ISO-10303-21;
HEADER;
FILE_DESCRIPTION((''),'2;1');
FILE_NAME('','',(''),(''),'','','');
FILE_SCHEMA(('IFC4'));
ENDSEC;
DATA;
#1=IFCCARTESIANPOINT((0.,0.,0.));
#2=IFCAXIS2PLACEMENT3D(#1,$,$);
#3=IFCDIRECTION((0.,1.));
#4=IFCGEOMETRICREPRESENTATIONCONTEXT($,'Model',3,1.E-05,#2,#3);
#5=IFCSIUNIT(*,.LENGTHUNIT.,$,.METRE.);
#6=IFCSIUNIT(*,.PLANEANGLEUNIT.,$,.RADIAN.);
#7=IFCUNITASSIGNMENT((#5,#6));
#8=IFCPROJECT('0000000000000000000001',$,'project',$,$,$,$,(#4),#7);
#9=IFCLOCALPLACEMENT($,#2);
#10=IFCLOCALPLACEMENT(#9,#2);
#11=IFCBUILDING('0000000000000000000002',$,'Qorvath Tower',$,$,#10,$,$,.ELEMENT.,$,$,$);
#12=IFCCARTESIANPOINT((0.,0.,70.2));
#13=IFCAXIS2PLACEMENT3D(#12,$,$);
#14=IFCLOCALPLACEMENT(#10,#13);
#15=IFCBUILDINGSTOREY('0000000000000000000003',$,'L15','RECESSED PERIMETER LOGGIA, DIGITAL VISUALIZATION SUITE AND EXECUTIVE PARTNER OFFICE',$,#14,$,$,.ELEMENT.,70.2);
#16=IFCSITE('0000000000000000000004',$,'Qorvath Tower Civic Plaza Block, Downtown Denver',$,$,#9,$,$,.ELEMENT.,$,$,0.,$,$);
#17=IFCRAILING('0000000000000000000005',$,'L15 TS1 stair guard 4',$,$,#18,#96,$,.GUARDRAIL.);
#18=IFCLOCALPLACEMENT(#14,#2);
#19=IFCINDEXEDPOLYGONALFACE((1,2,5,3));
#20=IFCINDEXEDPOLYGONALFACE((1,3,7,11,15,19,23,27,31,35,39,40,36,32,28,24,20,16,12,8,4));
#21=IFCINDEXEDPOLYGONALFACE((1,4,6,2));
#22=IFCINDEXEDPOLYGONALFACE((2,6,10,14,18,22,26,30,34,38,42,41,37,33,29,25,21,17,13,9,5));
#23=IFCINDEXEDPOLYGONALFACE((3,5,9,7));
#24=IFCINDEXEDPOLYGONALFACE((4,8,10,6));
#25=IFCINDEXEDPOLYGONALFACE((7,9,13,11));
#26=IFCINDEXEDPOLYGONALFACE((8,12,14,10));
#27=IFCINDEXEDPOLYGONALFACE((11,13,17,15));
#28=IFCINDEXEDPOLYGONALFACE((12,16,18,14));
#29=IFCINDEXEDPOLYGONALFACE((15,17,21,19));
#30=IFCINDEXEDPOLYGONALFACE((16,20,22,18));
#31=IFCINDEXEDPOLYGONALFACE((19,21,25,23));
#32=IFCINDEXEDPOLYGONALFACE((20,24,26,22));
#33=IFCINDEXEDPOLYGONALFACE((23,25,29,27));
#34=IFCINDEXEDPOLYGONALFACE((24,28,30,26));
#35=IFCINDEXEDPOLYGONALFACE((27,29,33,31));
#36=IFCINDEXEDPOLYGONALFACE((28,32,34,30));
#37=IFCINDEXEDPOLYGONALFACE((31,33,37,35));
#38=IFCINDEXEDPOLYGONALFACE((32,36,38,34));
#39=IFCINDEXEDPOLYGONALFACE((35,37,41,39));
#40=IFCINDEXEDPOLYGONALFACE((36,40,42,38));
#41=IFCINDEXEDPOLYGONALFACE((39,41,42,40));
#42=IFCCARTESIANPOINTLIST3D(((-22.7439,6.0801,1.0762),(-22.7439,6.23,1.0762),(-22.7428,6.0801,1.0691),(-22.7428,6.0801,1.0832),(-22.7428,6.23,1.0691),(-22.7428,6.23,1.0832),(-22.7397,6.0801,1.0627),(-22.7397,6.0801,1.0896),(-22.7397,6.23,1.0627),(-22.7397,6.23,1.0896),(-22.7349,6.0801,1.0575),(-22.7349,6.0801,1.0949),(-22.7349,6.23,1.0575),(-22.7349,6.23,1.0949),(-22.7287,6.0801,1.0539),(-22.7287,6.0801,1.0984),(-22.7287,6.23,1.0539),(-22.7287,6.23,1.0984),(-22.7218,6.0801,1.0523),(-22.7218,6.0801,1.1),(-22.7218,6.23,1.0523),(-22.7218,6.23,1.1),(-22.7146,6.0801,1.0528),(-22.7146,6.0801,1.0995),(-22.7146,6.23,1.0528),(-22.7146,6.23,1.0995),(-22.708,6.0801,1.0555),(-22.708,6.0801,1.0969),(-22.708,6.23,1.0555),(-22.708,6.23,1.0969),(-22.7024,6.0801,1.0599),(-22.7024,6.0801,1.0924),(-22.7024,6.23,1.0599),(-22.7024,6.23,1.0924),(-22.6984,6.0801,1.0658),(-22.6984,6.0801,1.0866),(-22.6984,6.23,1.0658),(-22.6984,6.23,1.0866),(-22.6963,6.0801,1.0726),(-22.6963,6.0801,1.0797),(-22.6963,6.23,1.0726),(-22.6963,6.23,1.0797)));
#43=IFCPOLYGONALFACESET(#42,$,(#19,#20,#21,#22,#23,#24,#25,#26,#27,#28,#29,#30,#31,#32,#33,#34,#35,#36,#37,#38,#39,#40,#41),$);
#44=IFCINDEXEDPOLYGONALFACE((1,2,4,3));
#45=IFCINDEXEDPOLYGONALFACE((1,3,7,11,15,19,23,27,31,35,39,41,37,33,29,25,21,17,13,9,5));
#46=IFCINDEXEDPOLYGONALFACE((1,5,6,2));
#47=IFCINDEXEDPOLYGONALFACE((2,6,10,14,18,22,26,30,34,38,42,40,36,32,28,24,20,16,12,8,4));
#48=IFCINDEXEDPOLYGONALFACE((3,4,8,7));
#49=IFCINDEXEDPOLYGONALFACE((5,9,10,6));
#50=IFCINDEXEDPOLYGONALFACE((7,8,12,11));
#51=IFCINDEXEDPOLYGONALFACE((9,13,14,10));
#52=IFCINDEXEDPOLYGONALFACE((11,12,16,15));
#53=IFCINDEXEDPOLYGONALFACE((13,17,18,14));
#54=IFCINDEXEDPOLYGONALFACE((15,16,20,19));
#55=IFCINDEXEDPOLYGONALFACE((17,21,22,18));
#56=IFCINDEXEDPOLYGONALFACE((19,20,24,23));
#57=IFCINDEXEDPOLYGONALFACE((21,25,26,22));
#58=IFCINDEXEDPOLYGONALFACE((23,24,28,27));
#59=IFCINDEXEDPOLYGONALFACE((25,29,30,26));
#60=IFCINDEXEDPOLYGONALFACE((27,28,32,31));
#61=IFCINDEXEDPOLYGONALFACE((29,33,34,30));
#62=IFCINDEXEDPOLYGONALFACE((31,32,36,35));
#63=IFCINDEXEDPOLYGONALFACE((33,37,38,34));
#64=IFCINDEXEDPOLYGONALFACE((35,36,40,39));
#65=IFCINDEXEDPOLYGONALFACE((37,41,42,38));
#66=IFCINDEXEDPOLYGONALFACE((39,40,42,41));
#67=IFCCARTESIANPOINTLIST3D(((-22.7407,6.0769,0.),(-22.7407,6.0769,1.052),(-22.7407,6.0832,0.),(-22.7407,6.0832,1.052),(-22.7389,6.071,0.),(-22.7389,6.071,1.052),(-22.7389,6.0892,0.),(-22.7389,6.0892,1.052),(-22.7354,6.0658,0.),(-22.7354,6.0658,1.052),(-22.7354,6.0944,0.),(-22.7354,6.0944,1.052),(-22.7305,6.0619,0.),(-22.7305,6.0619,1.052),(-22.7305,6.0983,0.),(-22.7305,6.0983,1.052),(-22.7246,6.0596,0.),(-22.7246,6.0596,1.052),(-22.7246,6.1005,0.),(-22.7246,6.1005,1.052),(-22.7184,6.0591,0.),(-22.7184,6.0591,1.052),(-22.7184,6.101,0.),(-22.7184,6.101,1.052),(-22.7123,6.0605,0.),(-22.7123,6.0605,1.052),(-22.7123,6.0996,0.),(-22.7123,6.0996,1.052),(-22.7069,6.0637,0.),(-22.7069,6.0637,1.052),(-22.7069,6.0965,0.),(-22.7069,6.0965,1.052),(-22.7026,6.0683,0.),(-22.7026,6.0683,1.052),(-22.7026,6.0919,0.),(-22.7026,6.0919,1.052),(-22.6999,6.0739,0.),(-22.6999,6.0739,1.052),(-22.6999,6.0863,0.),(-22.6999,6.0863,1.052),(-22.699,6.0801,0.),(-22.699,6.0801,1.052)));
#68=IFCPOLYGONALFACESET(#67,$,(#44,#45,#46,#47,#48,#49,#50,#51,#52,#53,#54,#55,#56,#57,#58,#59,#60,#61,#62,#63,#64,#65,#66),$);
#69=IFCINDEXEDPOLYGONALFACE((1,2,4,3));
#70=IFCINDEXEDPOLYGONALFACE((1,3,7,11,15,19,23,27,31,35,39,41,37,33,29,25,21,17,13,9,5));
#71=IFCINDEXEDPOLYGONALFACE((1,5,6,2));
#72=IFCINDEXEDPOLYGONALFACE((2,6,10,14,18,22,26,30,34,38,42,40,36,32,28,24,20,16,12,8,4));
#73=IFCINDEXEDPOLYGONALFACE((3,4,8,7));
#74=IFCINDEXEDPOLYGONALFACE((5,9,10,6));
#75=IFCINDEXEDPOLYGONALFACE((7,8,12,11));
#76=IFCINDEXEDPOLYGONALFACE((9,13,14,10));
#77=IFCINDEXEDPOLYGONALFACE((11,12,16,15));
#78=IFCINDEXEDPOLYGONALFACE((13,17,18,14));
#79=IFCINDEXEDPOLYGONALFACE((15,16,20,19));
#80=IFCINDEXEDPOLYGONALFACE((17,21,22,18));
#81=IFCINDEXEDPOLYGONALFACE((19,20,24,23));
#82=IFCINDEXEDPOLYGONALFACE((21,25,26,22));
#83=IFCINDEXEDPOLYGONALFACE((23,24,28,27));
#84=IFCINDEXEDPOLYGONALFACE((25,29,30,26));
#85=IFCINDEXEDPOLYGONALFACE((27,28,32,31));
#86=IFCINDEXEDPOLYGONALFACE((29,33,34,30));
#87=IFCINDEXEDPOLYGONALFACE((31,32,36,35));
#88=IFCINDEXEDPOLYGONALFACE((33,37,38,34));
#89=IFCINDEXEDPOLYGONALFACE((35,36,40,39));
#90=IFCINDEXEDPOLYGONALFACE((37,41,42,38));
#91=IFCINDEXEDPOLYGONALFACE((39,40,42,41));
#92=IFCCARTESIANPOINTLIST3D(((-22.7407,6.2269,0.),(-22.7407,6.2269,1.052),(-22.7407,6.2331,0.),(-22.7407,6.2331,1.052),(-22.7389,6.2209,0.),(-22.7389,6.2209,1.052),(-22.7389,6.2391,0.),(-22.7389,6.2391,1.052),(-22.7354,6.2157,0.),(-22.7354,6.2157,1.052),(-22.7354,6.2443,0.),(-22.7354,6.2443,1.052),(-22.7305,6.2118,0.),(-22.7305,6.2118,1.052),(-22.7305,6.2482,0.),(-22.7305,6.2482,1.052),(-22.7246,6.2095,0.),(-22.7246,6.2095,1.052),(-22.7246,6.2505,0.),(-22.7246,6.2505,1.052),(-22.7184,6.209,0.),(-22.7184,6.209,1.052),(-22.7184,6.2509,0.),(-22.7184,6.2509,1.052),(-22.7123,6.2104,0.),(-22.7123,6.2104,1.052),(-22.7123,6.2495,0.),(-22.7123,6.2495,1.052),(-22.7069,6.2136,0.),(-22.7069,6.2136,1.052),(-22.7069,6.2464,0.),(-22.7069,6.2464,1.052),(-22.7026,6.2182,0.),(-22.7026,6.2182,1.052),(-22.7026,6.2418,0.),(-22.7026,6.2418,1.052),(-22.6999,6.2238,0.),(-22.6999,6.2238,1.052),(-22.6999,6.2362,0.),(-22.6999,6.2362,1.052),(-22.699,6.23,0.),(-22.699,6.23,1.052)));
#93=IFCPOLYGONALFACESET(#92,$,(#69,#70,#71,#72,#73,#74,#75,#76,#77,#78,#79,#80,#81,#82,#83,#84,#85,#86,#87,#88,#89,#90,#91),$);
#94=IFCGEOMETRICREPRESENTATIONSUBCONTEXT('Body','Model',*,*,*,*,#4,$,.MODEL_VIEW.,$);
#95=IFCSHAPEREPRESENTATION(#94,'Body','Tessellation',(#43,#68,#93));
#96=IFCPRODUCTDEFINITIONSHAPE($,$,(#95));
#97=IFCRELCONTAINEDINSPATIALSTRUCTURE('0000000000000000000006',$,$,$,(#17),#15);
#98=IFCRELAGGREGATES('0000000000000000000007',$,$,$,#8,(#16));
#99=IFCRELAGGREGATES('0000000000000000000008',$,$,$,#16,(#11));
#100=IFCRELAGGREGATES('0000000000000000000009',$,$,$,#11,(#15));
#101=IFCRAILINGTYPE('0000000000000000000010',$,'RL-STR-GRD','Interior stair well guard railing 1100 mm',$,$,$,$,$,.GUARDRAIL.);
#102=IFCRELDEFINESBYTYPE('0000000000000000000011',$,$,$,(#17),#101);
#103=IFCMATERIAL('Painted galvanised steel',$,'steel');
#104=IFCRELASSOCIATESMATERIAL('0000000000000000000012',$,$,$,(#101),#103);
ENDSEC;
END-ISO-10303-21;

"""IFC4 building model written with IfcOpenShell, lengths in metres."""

from ifc_helpers import new_model, si_unit, direction, frame, origin, origin_2d, place, context, subcontext, project, spatial, circle, extrude, material, type_object, element, save


model = new_model("IFC4")

# Units and contexts
model_context = context("Model", 3, precision=1e-05, world=origin(), true_north=direction((0.0, 1.0)))
body_context = subcontext(model_context, "Body", "Model", "MODEL_VIEW")
ifc_project = project(units=[si_unit("LENGTHUNIT", "METRE"), si_unit("PLANEANGLEUNIT", "RADIAN")], contexts=[model_context])

# Site, building, storey
site_placement = place(None, origin())
site = spatial("IfcSite", under=ifc_project, at=site_placement, Name="Qorvath Tower Civic Plaza Block, Downtown Denver", CompositionType="ELEMENT", RefElevation=0.0)
building_placement = place(site_placement, origin())
building = spatial("IfcBuilding", under=site, at=building_placement, Name="Qorvath Tower", CompositionType="ELEMENT")
storey_placement = place(building_placement, frame((0.0, 0.0, 70.2)))
storey = spatial("IfcBuildingStorey", under=building, at=storey_placement, Name="L15", Description="RECESSED PERIMETER LOGGIA, DIGITAL VISUALIZATION SUITE AND EXECUTIVE PARTNER OFFICE", CompositionType="ELEMENT", Elevation=70.2)

# Railing
ifc_material_1 = material(Name="Painted galvanised steel", Category="steel")
railing_type_1 = type_object("IfcRailingType", Name="RL-STR-GRD", Description="Interior stair well guard railing 1100 mm", PredefinedType="GUARDRAIL", material=ifc_material_1)
railing_1_placement = place(storey_placement, frame((-22.72, 6.0801, 0.0)))
element("IfcRailing", 1, at=railing_1_placement, inside=storey, type_object=railing_type_1, Name="L15 TS1 stair guard 4", PredefinedType="GUARDRAIL", context=body_context, shape_type="SweptSolid", body=[
    extrude(circle(Radius=0.0239, at=origin_2d()), frame((0.0, 0.0, 1.0762), z_axis=(0.0, 1.0, 0.0), x_axis=(-1.0, 0.0, 0.0)), (0.0, 0.0, 1.0), 0.1499),
    extrude(circle(Radius=0.021, at=origin_2d()), origin(), (0.0, 0.0, 1.0), 1.052),
    extrude(circle(Radius=0.021, at=origin_2d()), frame((0.0, 0.1499, 0.0)), (0.0, 0.0, 1.0), 1.052),
])

save(model, "model.ifc")
